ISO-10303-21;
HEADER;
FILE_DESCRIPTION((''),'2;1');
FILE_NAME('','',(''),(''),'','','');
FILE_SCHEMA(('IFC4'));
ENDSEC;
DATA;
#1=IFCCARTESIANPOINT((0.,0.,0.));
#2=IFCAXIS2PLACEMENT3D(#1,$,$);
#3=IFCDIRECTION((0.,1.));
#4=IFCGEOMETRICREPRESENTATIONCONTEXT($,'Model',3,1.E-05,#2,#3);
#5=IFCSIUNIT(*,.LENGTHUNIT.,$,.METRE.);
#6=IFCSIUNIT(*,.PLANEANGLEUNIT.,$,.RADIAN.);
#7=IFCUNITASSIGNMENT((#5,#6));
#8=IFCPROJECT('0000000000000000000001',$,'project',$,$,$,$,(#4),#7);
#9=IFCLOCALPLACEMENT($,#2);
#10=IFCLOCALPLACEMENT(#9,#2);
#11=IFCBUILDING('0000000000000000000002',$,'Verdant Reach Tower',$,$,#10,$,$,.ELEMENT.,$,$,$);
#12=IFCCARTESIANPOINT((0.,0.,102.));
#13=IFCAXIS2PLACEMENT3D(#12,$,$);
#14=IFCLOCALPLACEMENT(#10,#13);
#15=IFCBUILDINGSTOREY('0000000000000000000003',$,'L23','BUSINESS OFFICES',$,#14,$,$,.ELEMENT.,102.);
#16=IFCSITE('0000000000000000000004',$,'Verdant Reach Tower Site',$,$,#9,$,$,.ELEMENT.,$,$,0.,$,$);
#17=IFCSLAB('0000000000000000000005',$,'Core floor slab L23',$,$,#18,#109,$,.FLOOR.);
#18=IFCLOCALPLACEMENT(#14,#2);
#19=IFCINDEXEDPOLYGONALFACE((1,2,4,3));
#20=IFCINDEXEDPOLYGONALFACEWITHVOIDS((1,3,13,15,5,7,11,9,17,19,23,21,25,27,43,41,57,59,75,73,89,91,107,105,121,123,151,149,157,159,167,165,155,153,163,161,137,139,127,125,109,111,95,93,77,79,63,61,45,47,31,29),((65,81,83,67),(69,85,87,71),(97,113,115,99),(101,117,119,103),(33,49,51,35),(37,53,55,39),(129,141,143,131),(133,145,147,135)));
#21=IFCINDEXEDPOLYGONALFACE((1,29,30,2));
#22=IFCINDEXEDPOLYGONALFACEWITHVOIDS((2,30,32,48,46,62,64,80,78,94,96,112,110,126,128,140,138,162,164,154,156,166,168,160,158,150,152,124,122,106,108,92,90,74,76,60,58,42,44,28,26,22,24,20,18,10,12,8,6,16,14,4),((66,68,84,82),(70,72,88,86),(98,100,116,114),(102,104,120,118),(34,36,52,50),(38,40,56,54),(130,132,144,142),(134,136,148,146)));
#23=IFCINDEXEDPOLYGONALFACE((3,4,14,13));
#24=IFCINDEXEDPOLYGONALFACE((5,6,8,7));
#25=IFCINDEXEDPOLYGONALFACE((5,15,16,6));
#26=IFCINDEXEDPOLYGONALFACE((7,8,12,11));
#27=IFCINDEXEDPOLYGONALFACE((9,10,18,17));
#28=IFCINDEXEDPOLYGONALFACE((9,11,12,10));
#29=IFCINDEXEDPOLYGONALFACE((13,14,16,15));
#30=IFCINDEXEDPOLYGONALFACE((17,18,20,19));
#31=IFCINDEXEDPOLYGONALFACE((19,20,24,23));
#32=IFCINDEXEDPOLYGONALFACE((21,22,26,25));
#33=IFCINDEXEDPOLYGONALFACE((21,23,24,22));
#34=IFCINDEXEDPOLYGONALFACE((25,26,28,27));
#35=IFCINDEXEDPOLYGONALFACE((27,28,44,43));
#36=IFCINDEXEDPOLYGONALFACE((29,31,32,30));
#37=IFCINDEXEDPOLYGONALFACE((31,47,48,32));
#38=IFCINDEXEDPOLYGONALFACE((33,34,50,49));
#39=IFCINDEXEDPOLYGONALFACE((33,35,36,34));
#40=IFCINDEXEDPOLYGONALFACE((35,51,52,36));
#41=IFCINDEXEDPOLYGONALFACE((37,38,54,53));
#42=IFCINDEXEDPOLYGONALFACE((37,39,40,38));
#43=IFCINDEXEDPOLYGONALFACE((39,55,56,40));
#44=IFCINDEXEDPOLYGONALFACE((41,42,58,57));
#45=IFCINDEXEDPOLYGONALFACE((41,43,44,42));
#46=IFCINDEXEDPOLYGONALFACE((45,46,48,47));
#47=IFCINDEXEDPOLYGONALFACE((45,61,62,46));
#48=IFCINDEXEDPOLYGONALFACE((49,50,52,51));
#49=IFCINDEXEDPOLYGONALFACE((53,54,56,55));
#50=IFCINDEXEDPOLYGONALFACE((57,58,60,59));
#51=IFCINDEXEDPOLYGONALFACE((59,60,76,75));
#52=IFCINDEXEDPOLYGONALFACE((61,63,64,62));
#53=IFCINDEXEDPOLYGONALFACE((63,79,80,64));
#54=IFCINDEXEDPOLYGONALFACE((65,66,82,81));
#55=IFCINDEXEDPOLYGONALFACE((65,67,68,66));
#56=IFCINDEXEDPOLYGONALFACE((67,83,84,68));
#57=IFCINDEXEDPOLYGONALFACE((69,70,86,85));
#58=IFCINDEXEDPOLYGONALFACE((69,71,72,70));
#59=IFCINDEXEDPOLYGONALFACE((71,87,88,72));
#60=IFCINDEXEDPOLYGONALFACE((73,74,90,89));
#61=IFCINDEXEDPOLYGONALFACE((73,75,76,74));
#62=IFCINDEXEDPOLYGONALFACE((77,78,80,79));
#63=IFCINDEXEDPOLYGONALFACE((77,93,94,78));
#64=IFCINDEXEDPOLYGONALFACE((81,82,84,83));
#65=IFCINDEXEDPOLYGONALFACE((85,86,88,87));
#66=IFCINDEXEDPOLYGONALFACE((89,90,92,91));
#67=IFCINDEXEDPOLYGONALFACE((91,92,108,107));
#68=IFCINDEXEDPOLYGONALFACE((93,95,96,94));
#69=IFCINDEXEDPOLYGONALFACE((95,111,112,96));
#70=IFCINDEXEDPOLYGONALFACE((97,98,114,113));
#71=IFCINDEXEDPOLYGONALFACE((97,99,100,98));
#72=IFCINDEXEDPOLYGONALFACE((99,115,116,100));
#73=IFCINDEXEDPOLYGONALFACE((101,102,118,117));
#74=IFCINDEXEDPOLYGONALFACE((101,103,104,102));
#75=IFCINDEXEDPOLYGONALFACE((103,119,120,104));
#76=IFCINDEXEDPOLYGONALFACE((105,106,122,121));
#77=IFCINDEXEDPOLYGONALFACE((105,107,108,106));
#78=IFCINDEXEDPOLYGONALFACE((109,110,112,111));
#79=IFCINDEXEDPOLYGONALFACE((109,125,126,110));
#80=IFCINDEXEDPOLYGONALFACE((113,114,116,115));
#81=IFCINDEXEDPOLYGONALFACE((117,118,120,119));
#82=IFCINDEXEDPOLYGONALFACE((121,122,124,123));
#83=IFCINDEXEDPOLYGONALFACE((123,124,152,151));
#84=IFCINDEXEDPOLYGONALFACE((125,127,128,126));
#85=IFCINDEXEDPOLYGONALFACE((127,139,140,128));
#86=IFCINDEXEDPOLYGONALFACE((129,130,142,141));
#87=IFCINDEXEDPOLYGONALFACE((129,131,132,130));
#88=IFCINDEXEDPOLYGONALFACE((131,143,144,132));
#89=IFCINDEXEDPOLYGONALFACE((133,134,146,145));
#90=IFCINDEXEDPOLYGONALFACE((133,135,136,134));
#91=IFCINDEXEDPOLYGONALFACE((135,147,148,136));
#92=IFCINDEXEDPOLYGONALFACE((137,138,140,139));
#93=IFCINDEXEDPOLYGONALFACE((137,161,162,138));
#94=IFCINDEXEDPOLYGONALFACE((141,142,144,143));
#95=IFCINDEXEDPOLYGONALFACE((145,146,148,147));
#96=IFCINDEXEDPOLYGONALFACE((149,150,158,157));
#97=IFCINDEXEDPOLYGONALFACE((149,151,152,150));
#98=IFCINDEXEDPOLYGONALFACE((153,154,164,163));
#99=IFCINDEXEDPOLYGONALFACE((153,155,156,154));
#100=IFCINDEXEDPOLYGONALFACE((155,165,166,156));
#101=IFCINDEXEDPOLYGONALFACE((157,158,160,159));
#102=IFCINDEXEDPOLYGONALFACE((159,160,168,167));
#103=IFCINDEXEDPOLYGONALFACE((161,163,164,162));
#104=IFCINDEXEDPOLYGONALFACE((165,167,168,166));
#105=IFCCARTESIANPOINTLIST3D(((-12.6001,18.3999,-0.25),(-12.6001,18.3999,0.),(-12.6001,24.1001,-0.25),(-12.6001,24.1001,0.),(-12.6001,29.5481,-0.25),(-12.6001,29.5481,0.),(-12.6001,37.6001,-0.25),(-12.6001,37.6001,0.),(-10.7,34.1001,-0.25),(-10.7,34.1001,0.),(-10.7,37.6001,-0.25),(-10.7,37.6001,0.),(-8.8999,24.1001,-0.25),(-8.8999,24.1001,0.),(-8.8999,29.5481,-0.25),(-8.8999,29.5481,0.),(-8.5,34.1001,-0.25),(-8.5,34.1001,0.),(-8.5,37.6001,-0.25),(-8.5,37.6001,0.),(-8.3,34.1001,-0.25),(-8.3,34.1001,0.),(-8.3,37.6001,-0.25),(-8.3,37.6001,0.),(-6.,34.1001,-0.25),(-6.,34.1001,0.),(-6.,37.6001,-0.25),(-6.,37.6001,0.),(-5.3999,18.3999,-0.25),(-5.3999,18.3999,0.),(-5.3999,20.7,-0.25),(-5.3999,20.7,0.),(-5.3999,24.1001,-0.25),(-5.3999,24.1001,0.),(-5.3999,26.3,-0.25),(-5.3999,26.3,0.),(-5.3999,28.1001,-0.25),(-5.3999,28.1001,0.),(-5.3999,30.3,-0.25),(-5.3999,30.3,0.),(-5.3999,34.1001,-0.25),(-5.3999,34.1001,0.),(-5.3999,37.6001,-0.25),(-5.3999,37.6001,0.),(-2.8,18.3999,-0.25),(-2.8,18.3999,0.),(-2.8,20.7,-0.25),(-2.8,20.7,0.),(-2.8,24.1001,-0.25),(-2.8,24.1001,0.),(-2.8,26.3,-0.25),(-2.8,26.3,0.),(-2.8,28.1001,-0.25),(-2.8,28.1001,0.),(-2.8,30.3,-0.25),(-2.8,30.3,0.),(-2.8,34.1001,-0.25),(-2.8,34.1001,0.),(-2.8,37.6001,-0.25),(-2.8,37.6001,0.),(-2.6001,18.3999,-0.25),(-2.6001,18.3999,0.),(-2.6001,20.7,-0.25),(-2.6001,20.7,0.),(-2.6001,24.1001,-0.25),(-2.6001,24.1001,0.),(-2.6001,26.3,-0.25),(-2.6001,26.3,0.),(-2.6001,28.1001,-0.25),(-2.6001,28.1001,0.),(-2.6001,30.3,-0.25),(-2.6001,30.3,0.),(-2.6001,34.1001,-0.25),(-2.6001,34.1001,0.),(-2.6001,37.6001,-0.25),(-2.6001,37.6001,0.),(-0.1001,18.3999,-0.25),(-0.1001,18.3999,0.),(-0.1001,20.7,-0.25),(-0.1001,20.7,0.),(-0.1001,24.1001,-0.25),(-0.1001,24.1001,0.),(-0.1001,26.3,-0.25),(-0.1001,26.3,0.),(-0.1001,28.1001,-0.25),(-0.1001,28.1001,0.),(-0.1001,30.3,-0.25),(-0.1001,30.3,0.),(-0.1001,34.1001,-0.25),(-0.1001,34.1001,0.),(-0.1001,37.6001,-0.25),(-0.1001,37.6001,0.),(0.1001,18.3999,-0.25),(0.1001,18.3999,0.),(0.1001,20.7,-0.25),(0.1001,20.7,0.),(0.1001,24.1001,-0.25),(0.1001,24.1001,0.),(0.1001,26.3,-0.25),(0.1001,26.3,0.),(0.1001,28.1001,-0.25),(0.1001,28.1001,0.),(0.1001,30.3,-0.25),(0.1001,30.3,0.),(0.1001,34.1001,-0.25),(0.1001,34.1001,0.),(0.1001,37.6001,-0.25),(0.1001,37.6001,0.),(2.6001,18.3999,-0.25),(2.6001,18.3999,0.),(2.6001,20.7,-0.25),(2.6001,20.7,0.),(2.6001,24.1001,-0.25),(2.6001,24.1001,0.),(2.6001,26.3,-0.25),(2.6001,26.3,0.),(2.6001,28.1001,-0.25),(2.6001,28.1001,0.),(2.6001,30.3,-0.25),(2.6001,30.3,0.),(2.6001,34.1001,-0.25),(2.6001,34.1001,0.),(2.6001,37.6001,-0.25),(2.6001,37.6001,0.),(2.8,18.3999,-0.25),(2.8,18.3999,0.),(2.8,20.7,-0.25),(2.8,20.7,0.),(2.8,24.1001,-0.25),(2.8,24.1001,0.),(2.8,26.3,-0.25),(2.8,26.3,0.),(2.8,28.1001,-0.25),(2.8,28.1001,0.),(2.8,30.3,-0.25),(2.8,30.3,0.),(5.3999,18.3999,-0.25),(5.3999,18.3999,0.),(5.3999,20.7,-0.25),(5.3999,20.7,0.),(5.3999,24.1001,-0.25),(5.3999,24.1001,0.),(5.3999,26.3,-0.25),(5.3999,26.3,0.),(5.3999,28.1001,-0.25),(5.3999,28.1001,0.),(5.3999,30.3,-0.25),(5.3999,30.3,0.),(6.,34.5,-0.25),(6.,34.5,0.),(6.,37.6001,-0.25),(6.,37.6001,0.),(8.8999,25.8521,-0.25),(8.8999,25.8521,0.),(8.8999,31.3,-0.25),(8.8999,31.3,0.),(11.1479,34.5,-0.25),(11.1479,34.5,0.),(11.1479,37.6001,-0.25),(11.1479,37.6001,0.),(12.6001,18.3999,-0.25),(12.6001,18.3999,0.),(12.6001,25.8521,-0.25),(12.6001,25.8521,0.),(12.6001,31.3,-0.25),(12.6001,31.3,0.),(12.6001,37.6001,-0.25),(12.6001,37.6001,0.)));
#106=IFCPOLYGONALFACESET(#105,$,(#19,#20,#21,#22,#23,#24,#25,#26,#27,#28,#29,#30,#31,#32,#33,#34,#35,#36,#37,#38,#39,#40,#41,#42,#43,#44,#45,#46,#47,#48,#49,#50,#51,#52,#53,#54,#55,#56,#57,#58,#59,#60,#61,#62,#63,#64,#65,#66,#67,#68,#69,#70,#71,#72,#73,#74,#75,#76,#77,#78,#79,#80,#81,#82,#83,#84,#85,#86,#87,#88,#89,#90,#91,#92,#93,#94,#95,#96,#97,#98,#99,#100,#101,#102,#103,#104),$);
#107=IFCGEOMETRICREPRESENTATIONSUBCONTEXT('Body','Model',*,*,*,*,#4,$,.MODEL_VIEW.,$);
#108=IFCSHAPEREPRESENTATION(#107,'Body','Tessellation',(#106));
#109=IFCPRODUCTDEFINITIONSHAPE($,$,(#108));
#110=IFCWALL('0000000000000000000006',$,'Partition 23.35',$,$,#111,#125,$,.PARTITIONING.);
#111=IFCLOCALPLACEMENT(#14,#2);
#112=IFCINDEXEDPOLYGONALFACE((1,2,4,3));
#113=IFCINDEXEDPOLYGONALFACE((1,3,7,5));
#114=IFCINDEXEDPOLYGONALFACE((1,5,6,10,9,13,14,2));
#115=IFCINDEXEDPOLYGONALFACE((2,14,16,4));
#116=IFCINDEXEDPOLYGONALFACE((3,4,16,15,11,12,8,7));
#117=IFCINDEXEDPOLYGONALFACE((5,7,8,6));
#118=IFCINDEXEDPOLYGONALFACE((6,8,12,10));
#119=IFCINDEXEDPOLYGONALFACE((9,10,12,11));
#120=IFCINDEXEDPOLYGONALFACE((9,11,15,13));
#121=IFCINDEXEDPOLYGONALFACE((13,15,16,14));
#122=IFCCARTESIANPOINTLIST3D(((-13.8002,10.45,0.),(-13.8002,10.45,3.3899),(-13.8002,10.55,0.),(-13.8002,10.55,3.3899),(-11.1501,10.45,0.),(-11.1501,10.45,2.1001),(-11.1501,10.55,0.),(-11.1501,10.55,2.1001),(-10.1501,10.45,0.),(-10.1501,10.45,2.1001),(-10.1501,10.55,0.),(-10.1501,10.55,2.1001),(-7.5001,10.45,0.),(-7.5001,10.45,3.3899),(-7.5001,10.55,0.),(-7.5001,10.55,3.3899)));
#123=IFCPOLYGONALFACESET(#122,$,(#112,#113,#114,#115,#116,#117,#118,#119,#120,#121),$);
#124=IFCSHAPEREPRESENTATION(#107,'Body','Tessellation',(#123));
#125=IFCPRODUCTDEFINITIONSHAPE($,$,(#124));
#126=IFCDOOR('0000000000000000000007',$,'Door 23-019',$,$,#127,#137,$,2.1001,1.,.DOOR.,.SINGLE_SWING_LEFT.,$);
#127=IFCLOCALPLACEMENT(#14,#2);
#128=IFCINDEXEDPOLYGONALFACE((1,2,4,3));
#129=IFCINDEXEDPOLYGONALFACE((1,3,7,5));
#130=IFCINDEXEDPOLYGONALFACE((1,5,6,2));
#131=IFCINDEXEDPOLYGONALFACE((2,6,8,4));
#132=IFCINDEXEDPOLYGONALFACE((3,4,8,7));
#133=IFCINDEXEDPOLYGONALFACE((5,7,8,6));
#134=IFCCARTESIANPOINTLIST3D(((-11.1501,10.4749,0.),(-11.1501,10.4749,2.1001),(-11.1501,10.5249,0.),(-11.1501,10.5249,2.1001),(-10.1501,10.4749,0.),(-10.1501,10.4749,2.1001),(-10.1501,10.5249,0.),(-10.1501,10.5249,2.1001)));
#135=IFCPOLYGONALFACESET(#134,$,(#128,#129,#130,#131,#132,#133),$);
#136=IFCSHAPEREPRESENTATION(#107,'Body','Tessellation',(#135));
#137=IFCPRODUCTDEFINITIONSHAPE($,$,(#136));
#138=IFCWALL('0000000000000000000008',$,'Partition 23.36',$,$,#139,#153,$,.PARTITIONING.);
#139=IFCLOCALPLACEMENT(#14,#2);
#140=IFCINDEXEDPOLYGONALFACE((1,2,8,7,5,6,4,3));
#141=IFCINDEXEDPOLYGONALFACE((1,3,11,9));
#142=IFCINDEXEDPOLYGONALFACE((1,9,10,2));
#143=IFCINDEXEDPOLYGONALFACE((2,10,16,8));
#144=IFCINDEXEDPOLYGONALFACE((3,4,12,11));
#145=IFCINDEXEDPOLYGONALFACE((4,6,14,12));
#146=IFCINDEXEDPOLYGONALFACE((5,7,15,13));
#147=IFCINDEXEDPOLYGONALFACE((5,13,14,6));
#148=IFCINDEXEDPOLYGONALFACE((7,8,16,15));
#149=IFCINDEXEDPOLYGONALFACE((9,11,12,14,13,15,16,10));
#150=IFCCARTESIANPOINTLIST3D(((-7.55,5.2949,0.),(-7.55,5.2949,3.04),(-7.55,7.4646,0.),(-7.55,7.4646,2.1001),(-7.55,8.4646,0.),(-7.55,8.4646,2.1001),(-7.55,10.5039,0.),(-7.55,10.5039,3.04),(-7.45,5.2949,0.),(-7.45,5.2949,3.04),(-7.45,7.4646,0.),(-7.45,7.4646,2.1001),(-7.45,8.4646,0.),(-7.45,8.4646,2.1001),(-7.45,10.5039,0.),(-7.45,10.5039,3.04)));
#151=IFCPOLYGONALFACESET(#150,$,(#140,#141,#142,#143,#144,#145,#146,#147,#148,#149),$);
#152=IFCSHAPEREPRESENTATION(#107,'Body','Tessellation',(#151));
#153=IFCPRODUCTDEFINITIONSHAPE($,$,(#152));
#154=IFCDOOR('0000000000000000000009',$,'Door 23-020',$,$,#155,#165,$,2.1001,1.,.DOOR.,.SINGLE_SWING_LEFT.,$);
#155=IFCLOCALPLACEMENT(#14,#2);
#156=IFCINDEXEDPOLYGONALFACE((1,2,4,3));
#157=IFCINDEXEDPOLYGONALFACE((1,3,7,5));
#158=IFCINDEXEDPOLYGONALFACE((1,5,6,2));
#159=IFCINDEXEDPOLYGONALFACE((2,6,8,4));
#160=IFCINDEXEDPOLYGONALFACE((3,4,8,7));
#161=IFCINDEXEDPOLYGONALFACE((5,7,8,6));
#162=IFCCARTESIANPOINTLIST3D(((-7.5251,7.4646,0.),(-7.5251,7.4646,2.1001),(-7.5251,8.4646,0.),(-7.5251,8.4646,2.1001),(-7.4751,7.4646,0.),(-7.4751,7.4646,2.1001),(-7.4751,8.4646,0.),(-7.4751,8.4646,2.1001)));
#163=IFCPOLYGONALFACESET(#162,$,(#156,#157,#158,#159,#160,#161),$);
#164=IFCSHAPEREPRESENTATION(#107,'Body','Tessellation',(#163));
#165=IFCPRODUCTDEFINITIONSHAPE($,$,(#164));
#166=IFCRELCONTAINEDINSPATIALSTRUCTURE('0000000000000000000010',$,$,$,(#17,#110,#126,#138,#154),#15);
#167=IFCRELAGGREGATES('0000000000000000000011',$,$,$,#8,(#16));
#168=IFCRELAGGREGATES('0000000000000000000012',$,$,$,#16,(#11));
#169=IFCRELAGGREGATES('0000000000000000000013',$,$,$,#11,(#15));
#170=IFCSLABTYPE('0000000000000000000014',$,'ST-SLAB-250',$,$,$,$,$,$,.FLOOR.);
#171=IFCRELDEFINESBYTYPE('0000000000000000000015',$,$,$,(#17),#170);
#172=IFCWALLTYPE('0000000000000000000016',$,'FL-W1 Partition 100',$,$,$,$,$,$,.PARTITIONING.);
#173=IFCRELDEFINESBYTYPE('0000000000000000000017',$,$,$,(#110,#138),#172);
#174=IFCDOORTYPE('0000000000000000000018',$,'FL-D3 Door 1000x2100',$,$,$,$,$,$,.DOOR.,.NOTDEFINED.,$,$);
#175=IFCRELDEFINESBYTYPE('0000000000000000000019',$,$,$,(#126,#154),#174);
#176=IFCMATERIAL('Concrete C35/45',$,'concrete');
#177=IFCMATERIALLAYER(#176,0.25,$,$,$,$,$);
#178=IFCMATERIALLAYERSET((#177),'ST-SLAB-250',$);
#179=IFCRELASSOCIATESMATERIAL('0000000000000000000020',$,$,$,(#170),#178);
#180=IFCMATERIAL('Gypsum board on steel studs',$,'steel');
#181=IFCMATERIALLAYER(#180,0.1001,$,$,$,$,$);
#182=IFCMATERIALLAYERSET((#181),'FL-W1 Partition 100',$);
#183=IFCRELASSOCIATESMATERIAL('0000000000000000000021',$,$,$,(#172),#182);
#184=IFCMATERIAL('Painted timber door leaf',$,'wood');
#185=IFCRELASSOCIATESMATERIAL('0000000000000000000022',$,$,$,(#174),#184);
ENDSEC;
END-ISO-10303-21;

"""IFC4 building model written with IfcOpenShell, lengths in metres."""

from ifc_helpers import new_model, si_unit, direction, frame, frame_2d, origin, place, context, subcontext, project, spatial, polyline, rectangle, outline, extrude, material, layer, layer_set, type_object, element, fill, save


model = new_model("IFC4")

# Units and contexts
model_context = context("Model", 3, precision=1e-05, world=origin(), true_north=direction((0.0, 1.0)))
body_context = subcontext(model_context, "Body", "Model", "MODEL_VIEW")
ifc_project = project(units=[si_unit("LENGTHUNIT", "METRE"), si_unit("PLANEANGLEUNIT", "RADIAN")], contexts=[model_context])

# Site, building, storey
site_placement = place(None, origin())
site = spatial("IfcSite", under=ifc_project, at=site_placement, Name="Verdant Reach Tower Site", CompositionType="ELEMENT", RefElevation=0.0)
building_placement = place(site_placement, origin())
building = spatial("IfcBuilding", under=site, at=building_placement, Name="Verdant Reach Tower", CompositionType="ELEMENT")
storey_placement = place(building_placement, frame((0.0, 0.0, 102.0)))
storey = spatial("IfcBuildingStorey", under=building, at=storey_placement, Name="L23", Description="BUSINESS OFFICES", CompositionType="ELEMENT", Elevation=102.0)

# Slab
ifc_material_1 = material(Name="Concrete C35/45", Category="concrete")
ifc_layer_1 = layer(ifc_material_1, 0.25)
ifc_layer_set_1 = layer_set([ifc_layer_1], Name="ST-SLAB-250")
slab_type_1 = type_object("IfcSlabType", Name="ST-SLAB-250", PredefinedType="FLOOR", material=ifc_layer_set_1)
slab_1_placement = place(storey_placement, frame((0.0, 0.0, -0.25)))
element("IfcSlab", 1, at=slab_1_placement, inside=storey, type_object=slab_type_1, Name="Core floor slab L23", PredefinedType="FLOOR", context=body_context, shape_type="SweptSolid", body=[
    extrude(outline(polyline([(12.6001, 18.3999), (5.3999, 18.3999), (5.3999, 20.7), (2.8, 20.7), (2.8, 18.3999), (2.6001, 18.3999), (2.6001, 20.7), (0.1001, 20.7), (0.1001, 18.3999), (-0.1001, 18.3999), (-0.1001, 20.7), (-2.6001, 20.7), (-2.6001, 18.3999), (-2.8, 18.3999), (-2.8, 20.7), (-5.3999, 20.7), (-5.3999, 18.3999), (-12.6001, 18.3999), (-12.6001, 24.1001), (-8.8999, 24.1001), (-8.8999, 29.5481), (-12.6001, 29.5481), (-12.6001, 37.6001), (-10.7, 37.6001), (-10.7, 34.1001), (-8.5, 34.1001), (-8.5, 37.6001), (-8.3, 37.6001), (-8.3, 34.1001), (-6.0, 34.1001), (-6.0, 37.6001), (-5.3999, 37.6001), (-5.3999, 34.1001), (-2.8, 34.1001), (-2.8, 37.6001), (-2.6001, 37.6001), (-2.6001, 34.1001), (-0.1001, 34.1001), (-0.1001, 37.6001), (0.1001, 37.6001), (0.1001, 34.1001), (2.6001, 34.1001), (2.6001, 37.6001), (6.0, 37.6001), (6.0, 34.5), (11.1479, 34.5), (11.1479, 37.6001), (12.6001, 37.6001), (12.6001, 31.3), (8.8999, 31.3), (8.8999, 25.8521), (12.6001, 25.8521), (12.6001, 18.3999)]), holes=[polyline([(-2.8, 24.1001), (-2.8, 26.3), (-5.3999, 26.3), (-5.3999, 24.1001), (-2.8, 24.1001)]), polyline([(-2.6001, 24.1001), (-0.1001, 24.1001), (-0.1001, 26.3), (-2.6001, 26.3), (-2.6001, 24.1001)]), polyline([(-2.8, 28.1001), (-2.8, 30.3), (-5.3999, 30.3), (-5.3999, 28.1001), (-2.8, 28.1001)]), polyline([(-0.1001, 28.1001), (-0.1001, 30.3), (-2.6001, 30.3), (-2.6001, 28.1001), (-0.1001, 28.1001)]), polyline([(2.6001, 24.1001), (2.6001, 26.3), (0.1001, 26.3), (0.1001, 24.1001), (2.6001, 24.1001)]), polyline([(2.8, 24.1001), (5.3999, 24.1001), (5.3999, 26.3), (2.8, 26.3), (2.8, 24.1001)]), polyline([(2.6001, 28.1001), (2.6001, 30.3), (0.1001, 30.3), (0.1001, 28.1001), (2.6001, 28.1001)]), polyline([(5.3999, 28.1001), (5.3999, 30.3), (2.8, 30.3), (2.8, 28.1001), (5.3999, 28.1001)])]), origin(), (0.0, 0.0, 1.0), 0.25),
])

# Walls, openings, doors
ifc_material_2 = material(Name="Gypsum board on steel studs", Category="steel")
ifc_layer_2 = layer(ifc_material_2, 0.1001)
ifc_layer_set_2 = layer_set([ifc_layer_2], Name="FL-W1 Partition 100")
wall_type_1 = type_object("IfcWallType", Name="FL-W1 Partition 100", PredefinedType="PARTITIONING", material=ifc_layer_set_2)
wall_1_placement = place(storey_placement, frame((-13.8, 10.5, 0.0), z_axis=(0.0, 0.0, 1.0), x_axis=(1.0, 0.0, 0.0)))
wall_1 = element("IfcWall", 2, at=wall_1_placement, inside=storey, type_object=wall_type_1, Name="Partition 23.35", PredefinedType="PARTITIONING", context=body_context, shape_type="SweptSolid", body=[
    extrude(rectangle(XDim=6.3, YDim=0.1001, at=frame_2d((3.1499, 0.0))), origin(), (0.0, 0.0, 1.0), 3.3899),
])
opening_1_placement = place(wall_1_placement, frame((2.6499, 0.0, 0.0)))
opening_1 = element("IfcOpeningElement", 3, at=opening_1_placement, cuts=wall_1, PredefinedType="OPENING", context=body_context, shape_type="SweptSolid", body=[
    extrude(rectangle(XDim=1.0, YDim=2.1001, at=frame_2d((0.5, 1.05))), frame((0.0, 0.0601, 0.0), z_axis=(0.0, -1.0, 0.0), x_axis=(1.0, 0.0, 0.0)), (0.0, 0.0, 1.0), 0.1201),
])
ifc_material_3 = material(Name="Painted timber door leaf", Category="wood")
door_type_1 = type_object("IfcDoorType", Name="FL-D3 Door 1000x2100", OperationType="NOTDEFINED", PredefinedType="DOOR", material=ifc_material_3)
door_1_placement = place(opening_1_placement, origin())
door_1 = element("IfcDoor", 4, at=door_1_placement, inside=storey, type_object=door_type_1, Name="Door 23-019", OperationType="SINGLE_SWING_LEFT", OverallHeight=2.1001, OverallWidth=1.0, PredefinedType="DOOR", context=body_context, shape_type="SweptSolid", body=[
    extrude(rectangle(XDim=1.0, YDim=2.1001, at=frame_2d((0.5, 1.05))), frame((0.0, 0.0249, 0.0), z_axis=(0.0, -1.0, 0.0), x_axis=(1.0, 0.0, 0.0)), (0.0, 0.0, 1.0), 0.05),
])
fill(opening_1, door_1)
wall_2_placement = place(storey_placement, frame((-7.5, 10.5039, 0.0), z_axis=(0.0, 0.0, 1.0), x_axis=(0.0, -1.0, 0.0)))
wall_2 = element("IfcWall", 5, at=wall_2_placement, inside=storey, type_object=wall_type_1, Name="Partition 23.36", PredefinedType="PARTITIONING", context=body_context, shape_type="SweptSolid", body=[
    extrude(rectangle(XDim=5.209, YDim=0.1001, at=frame_2d((2.6045, 0.0))), origin(), (0.0, 0.0, 1.0), 3.04),
])
opening_2_placement = place(wall_2_placement, frame((2.0393, 0.0, 0.0)))
opening_2 = element("IfcOpeningElement", 6, at=opening_2_placement, cuts=wall_2, PredefinedType="OPENING", context=body_context, shape_type="SweptSolid", body=[
    extrude(rectangle(XDim=1.0, YDim=2.1001, at=frame_2d((0.5, 1.05))), frame((0.0, 0.0601, 0.0), z_axis=(0.0, -1.0, 0.0), x_axis=(1.0, 0.0, 0.0)), (0.0, 0.0, 1.0), 0.1201),
])
door_2_placement = place(opening_2_placement, origin())
door_2 = element("IfcDoor", 7, at=door_2_placement, inside=storey, type_object=door_type_1, Name="Door 23-020", OperationType="SINGLE_SWING_LEFT", OverallHeight=2.1001, OverallWidth=1.0, PredefinedType="DOOR", context=body_context, shape_type="SweptSolid", body=[
    extrude(rectangle(XDim=1.0, YDim=2.1001, at=frame_2d((0.5, 1.05))), frame((0.0, 0.0249, 0.0), z_axis=(0.0, -1.0, 0.0), x_axis=(1.0, 0.0, 0.0)), (0.0, 0.0, 1.0), 0.05),
])
fill(opening_2, door_2)

save(model, "model.ifc")
